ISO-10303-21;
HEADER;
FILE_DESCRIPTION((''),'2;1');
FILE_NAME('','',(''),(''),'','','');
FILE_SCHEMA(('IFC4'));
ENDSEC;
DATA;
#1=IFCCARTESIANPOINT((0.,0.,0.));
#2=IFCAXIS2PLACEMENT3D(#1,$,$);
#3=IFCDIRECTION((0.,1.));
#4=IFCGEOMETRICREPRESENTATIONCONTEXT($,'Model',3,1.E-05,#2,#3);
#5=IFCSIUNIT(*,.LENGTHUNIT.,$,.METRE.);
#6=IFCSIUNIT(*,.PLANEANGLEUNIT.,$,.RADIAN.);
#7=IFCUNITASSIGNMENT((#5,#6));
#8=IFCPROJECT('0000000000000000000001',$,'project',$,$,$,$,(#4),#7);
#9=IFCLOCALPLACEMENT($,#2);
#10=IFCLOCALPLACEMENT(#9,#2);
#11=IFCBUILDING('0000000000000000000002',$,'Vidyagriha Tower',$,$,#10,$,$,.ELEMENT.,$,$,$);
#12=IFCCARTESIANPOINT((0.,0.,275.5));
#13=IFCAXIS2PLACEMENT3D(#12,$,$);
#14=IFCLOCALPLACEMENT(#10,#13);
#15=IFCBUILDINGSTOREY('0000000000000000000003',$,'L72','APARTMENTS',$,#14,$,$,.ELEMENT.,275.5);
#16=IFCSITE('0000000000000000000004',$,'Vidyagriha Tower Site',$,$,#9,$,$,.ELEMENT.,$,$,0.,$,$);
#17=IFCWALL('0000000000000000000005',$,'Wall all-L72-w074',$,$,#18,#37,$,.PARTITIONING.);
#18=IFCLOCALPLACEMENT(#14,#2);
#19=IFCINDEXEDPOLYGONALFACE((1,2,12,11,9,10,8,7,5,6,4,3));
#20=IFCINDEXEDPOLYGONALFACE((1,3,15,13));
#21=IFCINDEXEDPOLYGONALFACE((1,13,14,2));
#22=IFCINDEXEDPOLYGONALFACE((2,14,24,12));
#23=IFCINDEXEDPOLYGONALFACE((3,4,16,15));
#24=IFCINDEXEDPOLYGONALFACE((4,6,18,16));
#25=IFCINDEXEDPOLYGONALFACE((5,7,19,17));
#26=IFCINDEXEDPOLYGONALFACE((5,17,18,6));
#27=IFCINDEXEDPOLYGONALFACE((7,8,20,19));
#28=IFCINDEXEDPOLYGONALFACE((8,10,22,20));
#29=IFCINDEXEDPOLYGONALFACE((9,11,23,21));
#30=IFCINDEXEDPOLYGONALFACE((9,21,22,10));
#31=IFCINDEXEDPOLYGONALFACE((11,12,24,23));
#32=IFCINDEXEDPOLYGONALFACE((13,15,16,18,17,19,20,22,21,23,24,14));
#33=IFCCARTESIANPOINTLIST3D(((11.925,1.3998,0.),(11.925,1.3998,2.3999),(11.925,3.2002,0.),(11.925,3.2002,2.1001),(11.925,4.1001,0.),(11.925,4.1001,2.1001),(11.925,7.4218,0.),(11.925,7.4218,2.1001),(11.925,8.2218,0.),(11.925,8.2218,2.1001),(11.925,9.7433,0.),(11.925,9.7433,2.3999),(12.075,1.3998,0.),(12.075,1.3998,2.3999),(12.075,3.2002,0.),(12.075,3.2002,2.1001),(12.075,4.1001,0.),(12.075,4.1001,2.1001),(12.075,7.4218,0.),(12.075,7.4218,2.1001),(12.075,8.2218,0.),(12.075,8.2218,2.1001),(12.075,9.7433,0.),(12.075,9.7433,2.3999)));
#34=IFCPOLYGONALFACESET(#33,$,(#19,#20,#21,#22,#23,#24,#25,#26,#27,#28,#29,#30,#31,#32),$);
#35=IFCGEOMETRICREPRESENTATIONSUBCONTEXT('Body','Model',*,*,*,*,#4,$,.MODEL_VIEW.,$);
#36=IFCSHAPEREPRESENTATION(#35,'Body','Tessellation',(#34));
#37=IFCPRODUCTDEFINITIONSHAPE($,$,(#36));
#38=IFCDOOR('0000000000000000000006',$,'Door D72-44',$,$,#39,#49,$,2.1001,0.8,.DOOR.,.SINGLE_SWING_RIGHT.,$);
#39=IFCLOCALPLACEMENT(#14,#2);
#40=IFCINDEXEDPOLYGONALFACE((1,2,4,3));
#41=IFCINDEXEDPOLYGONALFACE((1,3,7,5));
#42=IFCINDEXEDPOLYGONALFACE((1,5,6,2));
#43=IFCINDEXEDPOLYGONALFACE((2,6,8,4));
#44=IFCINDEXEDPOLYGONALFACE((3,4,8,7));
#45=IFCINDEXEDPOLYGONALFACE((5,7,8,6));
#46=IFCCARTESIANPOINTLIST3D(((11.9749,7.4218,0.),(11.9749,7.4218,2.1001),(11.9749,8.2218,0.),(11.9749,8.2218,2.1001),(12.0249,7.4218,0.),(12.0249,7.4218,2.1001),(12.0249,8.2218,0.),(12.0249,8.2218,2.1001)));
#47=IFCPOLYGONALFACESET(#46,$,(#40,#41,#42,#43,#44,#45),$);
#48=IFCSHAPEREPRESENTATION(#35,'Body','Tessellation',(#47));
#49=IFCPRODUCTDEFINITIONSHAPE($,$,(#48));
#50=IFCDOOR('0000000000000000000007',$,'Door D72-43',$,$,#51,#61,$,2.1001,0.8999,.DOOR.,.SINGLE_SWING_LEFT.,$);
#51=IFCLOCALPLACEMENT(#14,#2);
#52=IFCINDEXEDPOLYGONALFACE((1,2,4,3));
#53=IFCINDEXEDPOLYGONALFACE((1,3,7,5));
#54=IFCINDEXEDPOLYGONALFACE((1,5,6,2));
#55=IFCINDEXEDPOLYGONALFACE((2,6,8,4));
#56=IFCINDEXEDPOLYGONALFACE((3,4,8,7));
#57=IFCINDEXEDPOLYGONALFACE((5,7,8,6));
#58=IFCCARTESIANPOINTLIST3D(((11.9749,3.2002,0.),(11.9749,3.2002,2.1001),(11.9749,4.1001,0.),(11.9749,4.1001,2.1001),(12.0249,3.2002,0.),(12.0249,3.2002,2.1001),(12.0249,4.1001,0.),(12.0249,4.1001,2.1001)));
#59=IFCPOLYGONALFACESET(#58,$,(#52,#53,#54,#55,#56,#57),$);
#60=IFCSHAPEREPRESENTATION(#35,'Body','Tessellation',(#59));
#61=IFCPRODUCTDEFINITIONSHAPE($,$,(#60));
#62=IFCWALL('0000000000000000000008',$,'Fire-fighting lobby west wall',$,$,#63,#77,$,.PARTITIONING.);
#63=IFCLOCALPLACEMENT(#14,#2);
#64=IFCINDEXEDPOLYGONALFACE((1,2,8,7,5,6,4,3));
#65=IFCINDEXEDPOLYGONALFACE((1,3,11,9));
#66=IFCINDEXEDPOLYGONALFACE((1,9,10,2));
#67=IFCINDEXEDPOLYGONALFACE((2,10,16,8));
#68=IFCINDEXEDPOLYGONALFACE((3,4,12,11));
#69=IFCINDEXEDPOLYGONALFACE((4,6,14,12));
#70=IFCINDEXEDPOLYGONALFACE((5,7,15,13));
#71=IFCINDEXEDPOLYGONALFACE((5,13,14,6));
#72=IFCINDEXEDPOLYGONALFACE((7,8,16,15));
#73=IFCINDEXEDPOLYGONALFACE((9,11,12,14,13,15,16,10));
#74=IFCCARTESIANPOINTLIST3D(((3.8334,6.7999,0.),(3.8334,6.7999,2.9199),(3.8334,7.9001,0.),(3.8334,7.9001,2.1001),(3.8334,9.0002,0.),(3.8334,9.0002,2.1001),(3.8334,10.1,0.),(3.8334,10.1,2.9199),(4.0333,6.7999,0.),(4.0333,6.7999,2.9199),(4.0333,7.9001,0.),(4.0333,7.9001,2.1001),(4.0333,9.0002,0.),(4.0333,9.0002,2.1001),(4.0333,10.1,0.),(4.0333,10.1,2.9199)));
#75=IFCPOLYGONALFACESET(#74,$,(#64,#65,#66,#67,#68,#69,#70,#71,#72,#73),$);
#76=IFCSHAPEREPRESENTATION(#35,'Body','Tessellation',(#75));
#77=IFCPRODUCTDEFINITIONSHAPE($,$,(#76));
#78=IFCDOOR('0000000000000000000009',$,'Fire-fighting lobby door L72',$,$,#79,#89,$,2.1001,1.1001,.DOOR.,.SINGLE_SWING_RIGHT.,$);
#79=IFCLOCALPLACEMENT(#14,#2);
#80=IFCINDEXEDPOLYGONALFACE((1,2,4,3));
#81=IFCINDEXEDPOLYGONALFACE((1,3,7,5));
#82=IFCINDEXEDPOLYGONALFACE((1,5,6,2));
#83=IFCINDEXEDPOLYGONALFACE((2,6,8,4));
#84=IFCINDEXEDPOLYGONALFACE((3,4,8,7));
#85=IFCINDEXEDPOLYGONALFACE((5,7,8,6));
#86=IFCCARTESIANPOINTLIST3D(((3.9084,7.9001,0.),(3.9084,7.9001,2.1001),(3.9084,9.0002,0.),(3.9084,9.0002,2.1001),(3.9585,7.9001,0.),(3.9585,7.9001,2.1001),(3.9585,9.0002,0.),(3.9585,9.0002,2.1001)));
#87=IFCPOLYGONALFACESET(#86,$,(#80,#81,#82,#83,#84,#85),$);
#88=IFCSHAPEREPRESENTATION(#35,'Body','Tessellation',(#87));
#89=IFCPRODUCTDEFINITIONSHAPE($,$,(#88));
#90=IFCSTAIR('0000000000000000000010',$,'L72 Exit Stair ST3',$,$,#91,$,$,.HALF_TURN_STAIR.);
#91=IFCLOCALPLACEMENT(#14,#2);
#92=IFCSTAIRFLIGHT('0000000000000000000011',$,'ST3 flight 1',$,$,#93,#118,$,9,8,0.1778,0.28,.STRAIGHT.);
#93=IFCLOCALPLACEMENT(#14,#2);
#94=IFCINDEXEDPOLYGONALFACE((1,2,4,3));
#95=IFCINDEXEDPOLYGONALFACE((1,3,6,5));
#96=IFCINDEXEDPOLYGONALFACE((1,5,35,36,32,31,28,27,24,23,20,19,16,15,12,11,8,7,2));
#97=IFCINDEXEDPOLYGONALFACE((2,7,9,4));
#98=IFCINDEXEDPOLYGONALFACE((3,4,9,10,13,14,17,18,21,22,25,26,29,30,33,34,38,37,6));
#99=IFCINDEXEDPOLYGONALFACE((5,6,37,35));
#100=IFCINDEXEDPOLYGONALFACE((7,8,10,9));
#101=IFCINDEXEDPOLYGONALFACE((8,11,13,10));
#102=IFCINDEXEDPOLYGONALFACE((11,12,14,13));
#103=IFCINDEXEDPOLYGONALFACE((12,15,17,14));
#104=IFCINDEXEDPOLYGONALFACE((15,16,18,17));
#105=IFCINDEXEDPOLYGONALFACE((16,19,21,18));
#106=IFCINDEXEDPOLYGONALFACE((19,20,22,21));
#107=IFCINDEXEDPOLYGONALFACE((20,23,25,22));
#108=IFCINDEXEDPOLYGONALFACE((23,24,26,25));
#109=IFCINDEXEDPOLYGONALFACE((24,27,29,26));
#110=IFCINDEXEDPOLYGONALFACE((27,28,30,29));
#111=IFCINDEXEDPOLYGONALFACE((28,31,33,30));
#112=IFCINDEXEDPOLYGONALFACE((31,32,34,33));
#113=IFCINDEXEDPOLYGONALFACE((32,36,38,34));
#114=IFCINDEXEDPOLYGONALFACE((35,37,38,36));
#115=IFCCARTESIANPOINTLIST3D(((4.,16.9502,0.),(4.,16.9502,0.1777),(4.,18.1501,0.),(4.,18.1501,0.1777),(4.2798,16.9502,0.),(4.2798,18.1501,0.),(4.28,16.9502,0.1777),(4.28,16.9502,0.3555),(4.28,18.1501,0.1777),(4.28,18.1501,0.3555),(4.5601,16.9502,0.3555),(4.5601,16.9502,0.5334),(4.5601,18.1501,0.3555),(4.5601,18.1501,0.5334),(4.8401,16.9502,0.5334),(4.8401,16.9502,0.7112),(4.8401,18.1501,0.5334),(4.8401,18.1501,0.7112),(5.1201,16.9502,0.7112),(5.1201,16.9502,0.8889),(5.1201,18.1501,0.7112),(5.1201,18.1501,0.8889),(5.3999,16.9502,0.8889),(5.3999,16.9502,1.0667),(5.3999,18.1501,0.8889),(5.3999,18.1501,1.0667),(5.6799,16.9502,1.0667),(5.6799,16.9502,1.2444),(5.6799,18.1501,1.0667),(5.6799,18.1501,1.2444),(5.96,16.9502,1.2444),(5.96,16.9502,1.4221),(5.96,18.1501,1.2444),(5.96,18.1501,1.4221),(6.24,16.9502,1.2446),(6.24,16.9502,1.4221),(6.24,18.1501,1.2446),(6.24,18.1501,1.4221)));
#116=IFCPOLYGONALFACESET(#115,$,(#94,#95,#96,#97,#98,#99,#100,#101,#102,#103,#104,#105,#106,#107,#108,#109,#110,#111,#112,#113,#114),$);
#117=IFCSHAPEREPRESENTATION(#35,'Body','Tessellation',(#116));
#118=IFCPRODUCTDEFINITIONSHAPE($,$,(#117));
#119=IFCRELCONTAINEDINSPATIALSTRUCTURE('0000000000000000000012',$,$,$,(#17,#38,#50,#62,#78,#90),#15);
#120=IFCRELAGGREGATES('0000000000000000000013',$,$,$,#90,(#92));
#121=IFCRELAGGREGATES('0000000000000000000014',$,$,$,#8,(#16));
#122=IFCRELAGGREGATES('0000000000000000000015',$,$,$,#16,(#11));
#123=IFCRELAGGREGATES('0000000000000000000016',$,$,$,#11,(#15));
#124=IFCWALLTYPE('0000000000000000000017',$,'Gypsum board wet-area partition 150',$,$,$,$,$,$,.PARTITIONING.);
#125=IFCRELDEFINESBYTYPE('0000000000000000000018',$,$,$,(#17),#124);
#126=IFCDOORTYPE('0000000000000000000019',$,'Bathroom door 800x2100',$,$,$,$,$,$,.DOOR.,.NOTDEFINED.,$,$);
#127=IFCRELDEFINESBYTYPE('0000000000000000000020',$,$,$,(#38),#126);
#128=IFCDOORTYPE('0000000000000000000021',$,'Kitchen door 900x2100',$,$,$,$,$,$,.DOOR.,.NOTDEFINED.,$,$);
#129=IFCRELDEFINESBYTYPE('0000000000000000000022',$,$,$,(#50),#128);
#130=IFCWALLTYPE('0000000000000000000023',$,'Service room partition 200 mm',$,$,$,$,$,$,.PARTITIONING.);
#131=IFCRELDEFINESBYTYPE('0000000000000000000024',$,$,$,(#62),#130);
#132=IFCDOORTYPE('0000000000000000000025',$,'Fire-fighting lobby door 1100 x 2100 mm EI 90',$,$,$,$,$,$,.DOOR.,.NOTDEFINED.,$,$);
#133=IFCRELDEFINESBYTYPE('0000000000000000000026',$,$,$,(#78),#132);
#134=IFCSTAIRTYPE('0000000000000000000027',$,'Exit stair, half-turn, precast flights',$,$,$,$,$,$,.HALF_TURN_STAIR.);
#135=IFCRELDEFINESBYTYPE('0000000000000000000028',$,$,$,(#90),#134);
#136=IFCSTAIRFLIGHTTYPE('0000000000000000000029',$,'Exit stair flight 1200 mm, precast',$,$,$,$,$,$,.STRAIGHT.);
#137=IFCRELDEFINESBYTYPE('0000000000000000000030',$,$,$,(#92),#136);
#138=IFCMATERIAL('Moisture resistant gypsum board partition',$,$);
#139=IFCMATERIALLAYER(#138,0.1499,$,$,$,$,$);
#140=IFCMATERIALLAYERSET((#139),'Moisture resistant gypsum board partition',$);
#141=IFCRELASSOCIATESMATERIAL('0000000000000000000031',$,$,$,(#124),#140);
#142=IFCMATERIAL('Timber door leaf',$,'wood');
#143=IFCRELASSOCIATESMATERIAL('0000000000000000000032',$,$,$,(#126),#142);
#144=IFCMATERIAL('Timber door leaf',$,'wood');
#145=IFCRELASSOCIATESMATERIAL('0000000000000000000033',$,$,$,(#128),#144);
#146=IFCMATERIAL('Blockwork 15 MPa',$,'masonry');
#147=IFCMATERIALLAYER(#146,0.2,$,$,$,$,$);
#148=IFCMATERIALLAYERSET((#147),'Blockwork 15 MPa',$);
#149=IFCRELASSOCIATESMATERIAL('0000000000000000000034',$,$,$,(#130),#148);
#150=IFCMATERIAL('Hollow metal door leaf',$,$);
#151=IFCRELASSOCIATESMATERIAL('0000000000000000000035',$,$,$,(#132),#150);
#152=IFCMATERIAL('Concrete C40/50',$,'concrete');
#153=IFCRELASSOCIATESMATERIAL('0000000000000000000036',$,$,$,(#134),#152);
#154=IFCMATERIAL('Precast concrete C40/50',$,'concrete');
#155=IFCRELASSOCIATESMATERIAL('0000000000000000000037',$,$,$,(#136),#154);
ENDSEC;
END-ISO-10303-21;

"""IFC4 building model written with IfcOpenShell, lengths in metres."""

from ifc_helpers import new_model, si_unit, direction, frame, frame_2d, origin, place, context, subcontext, project, spatial, polyline, rectangle, outline, extrude, material, layer, layer_set, type_object, element, fill, aggregate, save


model = new_model("IFC4")

# Units and contexts
model_context = context("Model", 3, precision=1e-05, world=origin(), true_north=direction((0.0, 1.0)))
body_context = subcontext(model_context, "Body", "Model", "MODEL_VIEW")
ifc_project = project(units=[si_unit("LENGTHUNIT", "METRE"), si_unit("PLANEANGLEUNIT", "RADIAN")], contexts=[model_context])

# Site, building, storey
site_placement = place(None, origin())
site = spatial("IfcSite", under=ifc_project, at=site_placement, Name="Vidyagriha Tower Site", CompositionType="ELEMENT", RefElevation=0.0)
building_placement = place(site_placement, origin())
building = spatial("IfcBuilding", under=site, at=building_placement, Name="Vidyagriha Tower", CompositionType="ELEMENT")
storey_placement = place(building_placement, frame((0.0, 0.0, 275.5)))
storey = spatial("IfcBuildingStorey", under=building, at=storey_placement, Name="L72", Description="APARTMENTS", CompositionType="ELEMENT", Elevation=275.5)

# Wall, openings, doors
ifc_material_1 = material(Name="Moisture resistant gypsum board partition")
ifc_layer_1 = layer(ifc_material_1, 0.1499)
ifc_layer_set_1 = layer_set([ifc_layer_1], Name="Moisture resistant gypsum board partition")
wall_type_1 = type_object("IfcWallType", Name="Gypsum board wet-area partition 150", PredefinedType="PARTITIONING", material=ifc_layer_set_1)
wall_1_placement = place(storey_placement, frame((12.0, 9.7434, 0.0), z_axis=(0.0, 0.0, 1.0), x_axis=(0.0, -1.0, 0.0)))
wall_1 = element("IfcWall", 1, at=wall_1_placement, inside=storey, type_object=wall_type_1, Name="Wall all-L72-w074", PredefinedType="PARTITIONING", context=body_context, shape_type="SweptSolid", body=[
    extrude(rectangle(XDim=8.3435, YDim=0.1499, at=frame_2d((4.1719, 0.0))), origin(), (0.0, 0.0, 1.0), 2.3999),
])
opening_1_placement = place(wall_1_placement, frame((5.6433, 0.0, 0.0)))
opening_1 = element("IfcOpeningElement", 2, at=opening_1_placement, cuts=wall_1, PredefinedType="OPENING", context=body_context, shape_type="SweptSolid", body=[
    extrude(rectangle(XDim=0.8999, YDim=2.1001, at=frame_2d((0.45, 1.05))), frame((0.0, 0.085, 0.0), z_axis=(0.0, -1.0, 0.0), x_axis=(1.0, 0.0, 0.0)), (0.0, 0.0, 1.0), 0.1699),
])
opening_2_placement = place(wall_1_placement, frame((1.5217, 0.0, 0.0)))
opening_2 = element("IfcOpeningElement", 3, at=opening_2_placement, cuts=wall_1, PredefinedType="OPENING", context=body_context, shape_type="SweptSolid", body=[
    extrude(rectangle(XDim=0.8, YDim=2.1001, at=frame_2d((0.3999, 1.05))), frame((0.0, 0.085, 0.0), z_axis=(0.0, -1.0, 0.0), x_axis=(1.0, 0.0, 0.0)), (0.0, 0.0, 1.0), 0.1699),
])
ifc_material_2 = material(Name="Timber door leaf", Category="wood")
door_type_1 = type_object("IfcDoorType", Name="Bathroom door 800x2100", OperationType="NOTDEFINED", PredefinedType="DOOR", material=ifc_material_2)
door_1_placement = place(opening_2_placement, origin())
door_1 = element("IfcDoor", 4, at=door_1_placement, inside=storey, type_object=door_type_1, Name="Door D72-44", OperationType="SINGLE_SWING_RIGHT", OverallHeight=2.1001, OverallWidth=0.8, PredefinedType="DOOR", context=body_context, shape_type="SweptSolid", body=[
    extrude(rectangle(XDim=0.8, YDim=2.1001, at=frame_2d((0.3999, 1.05))), frame((0.0, 0.0249, 0.0), z_axis=(0.0, -1.0, 0.0), x_axis=(1.0, 0.0, 0.0)), (0.0, 0.0, 1.0), 0.05),
])
fill(opening_2, door_1)
ifc_material_3 = material(Name="Timber door leaf", Category="wood")
door_type_2 = type_object("IfcDoorType", Name="Kitchen door 900x2100", OperationType="NOTDEFINED", PredefinedType="DOOR", material=ifc_material_3)
door_2_placement = place(opening_1_placement, origin())
door_2 = element("IfcDoor", 5, at=door_2_placement, inside=storey, type_object=door_type_2, Name="Door D72-43", OperationType="SINGLE_SWING_LEFT", OverallHeight=2.1001, OverallWidth=0.8999, PredefinedType="DOOR", context=body_context, shape_type="SweptSolid", body=[
    extrude(rectangle(XDim=0.8999, YDim=2.1001, at=frame_2d((0.45, 1.05))), frame((0.0, 0.0249, 0.0), z_axis=(0.0, -1.0, 0.0), x_axis=(1.0, 0.0, 0.0)), (0.0, 0.0, 1.0), 0.05),
])
fill(opening_1, door_2)

# Wall, opening, door
ifc_material_4 = material(Name="Blockwork 15 MPa", Category="masonry")
ifc_layer_2 = layer(ifc_material_4, 0.2)
ifc_layer_set_2 = layer_set([ifc_layer_2], Name="Blockwork 15 MPa")
wall_type_2 = type_object("IfcWallType", Name="Service room partition 200 mm", PredefinedType="PARTITIONING", material=ifc_layer_set_2)
wall_2_placement = place(storey_placement, frame((3.9333, 6.8, 0.0), z_axis=(0.0, 0.0, 1.0), x_axis=(0.0, 1.0, 0.0)))
wall_2 = element("IfcWall", 6, at=wall_2_placement, inside=storey, type_object=wall_type_2, Name="Fire-fighting lobby west wall", PredefinedType="PARTITIONING", context=body_context, shape_type="SweptSolid", body=[
    extrude(rectangle(XDim=3.3, YDim=0.2, at=frame_2d((1.6499, 0.0))), origin(), (0.0, 0.0, 1.0), 2.9199),
])
opening_3_placement = place(wall_2_placement, frame((1.1001, 0.0, 0.0)))
opening_3 = element("IfcOpeningElement", 7, at=opening_3_placement, cuts=wall_2, PredefinedType="OPENING", context=body_context, shape_type="SweptSolid", body=[
    extrude(rectangle(XDim=1.1001, YDim=2.1001, at=frame_2d((0.55, 1.05))), frame((0.0, 0.1099, 0.0), z_axis=(0.0, -1.0, 0.0), x_axis=(1.0, 0.0, 0.0)), (0.0, 0.0, 1.0), 0.22),
])
ifc_material_5 = material(Name="Hollow metal door leaf")
door_type_3 = type_object("IfcDoorType", Name="Fire-fighting lobby door 1100 x 2100 mm EI 90", OperationType="NOTDEFINED", PredefinedType="DOOR", material=ifc_material_5)
door_3_placement = place(opening_3_placement, origin())
door_3 = element("IfcDoor", 8, at=door_3_placement, inside=storey, type_object=door_type_3, Name="Fire-fighting lobby door L72", OperationType="SINGLE_SWING_RIGHT", OverallHeight=2.1001, OverallWidth=1.1001, PredefinedType="DOOR", context=body_context, shape_type="SweptSolid", body=[
    extrude(rectangle(XDim=1.1001, YDim=2.1001, at=frame_2d((0.55, 1.05))), frame((0.0, 0.0249, 0.0), z_axis=(0.0, -1.0, 0.0), x_axis=(1.0, 0.0, 0.0)), (0.0, 0.0, 1.0), 0.05),
])
fill(opening_3, door_3)

# Stair, stair flight
ifc_material_6 = material(Name="Concrete C40/50", Category="concrete")
stair_type = type_object("IfcStairType", Name="Exit stair, half-turn, precast flights", PredefinedType="HALF_TURN_STAIR", material=ifc_material_6)
stair_placement = place(storey_placement, origin())
stair = element("IfcStair", 9, at=stair_placement, inside=storey, type_object=stair_type, Name="L72 Exit Stair ST3", PredefinedType="HALF_TURN_STAIR")
ifc_material_7 = material(Name="Precast concrete C40/50", Category="concrete")
stair_flight_type = type_object("IfcStairFlightType", Name="Exit stair flight 1200 mm, precast", PredefinedType="STRAIGHT", material=ifc_material_7)
stair_flight_placement = place(storey_placement, frame((4.0, 17.55, 0.0)))
stair_flight = element("IfcStairFlight", 10, at=stair_flight_placement, type_object=stair_flight_type, Name="ST3 flight 1", NumberOfRisers=9, NumberOfTreads=8, PredefinedType="STRAIGHT", RiserHeight=0.1778, TreadLength=0.28, context=body_context, shape_type="SweptSolid", body=[
    extrude(outline(polyline([(0.0, 0.0), (0.0, 0.1777), (0.28, 0.1777), (0.28, 0.3555), (0.5601, 0.3555), (0.5601, 0.5334), (0.8401, 0.5334), (0.8401, 0.7112), (1.1201, 0.7112), (1.1201, 0.8889), (1.3999, 0.8889), (1.3999, 1.0667), (1.6799, 1.0667), (1.6799, 1.2444), (1.96, 1.2444), (1.96, 1.4221), (2.24, 1.4221), (2.24, 1.6001), (2.24, 1.2446), (0.2798, 0.0), (0.0, 0.0)])), frame((0.0, 0.6001, 0.0), z_axis=(0.0, -1.0, 0.0), x_axis=(1.0, 0.0, 0.0)), (0.0, 0.0, 1.0), 1.2),
])
aggregate(stair, [stair_flight])

save(model, "model.ifc")
